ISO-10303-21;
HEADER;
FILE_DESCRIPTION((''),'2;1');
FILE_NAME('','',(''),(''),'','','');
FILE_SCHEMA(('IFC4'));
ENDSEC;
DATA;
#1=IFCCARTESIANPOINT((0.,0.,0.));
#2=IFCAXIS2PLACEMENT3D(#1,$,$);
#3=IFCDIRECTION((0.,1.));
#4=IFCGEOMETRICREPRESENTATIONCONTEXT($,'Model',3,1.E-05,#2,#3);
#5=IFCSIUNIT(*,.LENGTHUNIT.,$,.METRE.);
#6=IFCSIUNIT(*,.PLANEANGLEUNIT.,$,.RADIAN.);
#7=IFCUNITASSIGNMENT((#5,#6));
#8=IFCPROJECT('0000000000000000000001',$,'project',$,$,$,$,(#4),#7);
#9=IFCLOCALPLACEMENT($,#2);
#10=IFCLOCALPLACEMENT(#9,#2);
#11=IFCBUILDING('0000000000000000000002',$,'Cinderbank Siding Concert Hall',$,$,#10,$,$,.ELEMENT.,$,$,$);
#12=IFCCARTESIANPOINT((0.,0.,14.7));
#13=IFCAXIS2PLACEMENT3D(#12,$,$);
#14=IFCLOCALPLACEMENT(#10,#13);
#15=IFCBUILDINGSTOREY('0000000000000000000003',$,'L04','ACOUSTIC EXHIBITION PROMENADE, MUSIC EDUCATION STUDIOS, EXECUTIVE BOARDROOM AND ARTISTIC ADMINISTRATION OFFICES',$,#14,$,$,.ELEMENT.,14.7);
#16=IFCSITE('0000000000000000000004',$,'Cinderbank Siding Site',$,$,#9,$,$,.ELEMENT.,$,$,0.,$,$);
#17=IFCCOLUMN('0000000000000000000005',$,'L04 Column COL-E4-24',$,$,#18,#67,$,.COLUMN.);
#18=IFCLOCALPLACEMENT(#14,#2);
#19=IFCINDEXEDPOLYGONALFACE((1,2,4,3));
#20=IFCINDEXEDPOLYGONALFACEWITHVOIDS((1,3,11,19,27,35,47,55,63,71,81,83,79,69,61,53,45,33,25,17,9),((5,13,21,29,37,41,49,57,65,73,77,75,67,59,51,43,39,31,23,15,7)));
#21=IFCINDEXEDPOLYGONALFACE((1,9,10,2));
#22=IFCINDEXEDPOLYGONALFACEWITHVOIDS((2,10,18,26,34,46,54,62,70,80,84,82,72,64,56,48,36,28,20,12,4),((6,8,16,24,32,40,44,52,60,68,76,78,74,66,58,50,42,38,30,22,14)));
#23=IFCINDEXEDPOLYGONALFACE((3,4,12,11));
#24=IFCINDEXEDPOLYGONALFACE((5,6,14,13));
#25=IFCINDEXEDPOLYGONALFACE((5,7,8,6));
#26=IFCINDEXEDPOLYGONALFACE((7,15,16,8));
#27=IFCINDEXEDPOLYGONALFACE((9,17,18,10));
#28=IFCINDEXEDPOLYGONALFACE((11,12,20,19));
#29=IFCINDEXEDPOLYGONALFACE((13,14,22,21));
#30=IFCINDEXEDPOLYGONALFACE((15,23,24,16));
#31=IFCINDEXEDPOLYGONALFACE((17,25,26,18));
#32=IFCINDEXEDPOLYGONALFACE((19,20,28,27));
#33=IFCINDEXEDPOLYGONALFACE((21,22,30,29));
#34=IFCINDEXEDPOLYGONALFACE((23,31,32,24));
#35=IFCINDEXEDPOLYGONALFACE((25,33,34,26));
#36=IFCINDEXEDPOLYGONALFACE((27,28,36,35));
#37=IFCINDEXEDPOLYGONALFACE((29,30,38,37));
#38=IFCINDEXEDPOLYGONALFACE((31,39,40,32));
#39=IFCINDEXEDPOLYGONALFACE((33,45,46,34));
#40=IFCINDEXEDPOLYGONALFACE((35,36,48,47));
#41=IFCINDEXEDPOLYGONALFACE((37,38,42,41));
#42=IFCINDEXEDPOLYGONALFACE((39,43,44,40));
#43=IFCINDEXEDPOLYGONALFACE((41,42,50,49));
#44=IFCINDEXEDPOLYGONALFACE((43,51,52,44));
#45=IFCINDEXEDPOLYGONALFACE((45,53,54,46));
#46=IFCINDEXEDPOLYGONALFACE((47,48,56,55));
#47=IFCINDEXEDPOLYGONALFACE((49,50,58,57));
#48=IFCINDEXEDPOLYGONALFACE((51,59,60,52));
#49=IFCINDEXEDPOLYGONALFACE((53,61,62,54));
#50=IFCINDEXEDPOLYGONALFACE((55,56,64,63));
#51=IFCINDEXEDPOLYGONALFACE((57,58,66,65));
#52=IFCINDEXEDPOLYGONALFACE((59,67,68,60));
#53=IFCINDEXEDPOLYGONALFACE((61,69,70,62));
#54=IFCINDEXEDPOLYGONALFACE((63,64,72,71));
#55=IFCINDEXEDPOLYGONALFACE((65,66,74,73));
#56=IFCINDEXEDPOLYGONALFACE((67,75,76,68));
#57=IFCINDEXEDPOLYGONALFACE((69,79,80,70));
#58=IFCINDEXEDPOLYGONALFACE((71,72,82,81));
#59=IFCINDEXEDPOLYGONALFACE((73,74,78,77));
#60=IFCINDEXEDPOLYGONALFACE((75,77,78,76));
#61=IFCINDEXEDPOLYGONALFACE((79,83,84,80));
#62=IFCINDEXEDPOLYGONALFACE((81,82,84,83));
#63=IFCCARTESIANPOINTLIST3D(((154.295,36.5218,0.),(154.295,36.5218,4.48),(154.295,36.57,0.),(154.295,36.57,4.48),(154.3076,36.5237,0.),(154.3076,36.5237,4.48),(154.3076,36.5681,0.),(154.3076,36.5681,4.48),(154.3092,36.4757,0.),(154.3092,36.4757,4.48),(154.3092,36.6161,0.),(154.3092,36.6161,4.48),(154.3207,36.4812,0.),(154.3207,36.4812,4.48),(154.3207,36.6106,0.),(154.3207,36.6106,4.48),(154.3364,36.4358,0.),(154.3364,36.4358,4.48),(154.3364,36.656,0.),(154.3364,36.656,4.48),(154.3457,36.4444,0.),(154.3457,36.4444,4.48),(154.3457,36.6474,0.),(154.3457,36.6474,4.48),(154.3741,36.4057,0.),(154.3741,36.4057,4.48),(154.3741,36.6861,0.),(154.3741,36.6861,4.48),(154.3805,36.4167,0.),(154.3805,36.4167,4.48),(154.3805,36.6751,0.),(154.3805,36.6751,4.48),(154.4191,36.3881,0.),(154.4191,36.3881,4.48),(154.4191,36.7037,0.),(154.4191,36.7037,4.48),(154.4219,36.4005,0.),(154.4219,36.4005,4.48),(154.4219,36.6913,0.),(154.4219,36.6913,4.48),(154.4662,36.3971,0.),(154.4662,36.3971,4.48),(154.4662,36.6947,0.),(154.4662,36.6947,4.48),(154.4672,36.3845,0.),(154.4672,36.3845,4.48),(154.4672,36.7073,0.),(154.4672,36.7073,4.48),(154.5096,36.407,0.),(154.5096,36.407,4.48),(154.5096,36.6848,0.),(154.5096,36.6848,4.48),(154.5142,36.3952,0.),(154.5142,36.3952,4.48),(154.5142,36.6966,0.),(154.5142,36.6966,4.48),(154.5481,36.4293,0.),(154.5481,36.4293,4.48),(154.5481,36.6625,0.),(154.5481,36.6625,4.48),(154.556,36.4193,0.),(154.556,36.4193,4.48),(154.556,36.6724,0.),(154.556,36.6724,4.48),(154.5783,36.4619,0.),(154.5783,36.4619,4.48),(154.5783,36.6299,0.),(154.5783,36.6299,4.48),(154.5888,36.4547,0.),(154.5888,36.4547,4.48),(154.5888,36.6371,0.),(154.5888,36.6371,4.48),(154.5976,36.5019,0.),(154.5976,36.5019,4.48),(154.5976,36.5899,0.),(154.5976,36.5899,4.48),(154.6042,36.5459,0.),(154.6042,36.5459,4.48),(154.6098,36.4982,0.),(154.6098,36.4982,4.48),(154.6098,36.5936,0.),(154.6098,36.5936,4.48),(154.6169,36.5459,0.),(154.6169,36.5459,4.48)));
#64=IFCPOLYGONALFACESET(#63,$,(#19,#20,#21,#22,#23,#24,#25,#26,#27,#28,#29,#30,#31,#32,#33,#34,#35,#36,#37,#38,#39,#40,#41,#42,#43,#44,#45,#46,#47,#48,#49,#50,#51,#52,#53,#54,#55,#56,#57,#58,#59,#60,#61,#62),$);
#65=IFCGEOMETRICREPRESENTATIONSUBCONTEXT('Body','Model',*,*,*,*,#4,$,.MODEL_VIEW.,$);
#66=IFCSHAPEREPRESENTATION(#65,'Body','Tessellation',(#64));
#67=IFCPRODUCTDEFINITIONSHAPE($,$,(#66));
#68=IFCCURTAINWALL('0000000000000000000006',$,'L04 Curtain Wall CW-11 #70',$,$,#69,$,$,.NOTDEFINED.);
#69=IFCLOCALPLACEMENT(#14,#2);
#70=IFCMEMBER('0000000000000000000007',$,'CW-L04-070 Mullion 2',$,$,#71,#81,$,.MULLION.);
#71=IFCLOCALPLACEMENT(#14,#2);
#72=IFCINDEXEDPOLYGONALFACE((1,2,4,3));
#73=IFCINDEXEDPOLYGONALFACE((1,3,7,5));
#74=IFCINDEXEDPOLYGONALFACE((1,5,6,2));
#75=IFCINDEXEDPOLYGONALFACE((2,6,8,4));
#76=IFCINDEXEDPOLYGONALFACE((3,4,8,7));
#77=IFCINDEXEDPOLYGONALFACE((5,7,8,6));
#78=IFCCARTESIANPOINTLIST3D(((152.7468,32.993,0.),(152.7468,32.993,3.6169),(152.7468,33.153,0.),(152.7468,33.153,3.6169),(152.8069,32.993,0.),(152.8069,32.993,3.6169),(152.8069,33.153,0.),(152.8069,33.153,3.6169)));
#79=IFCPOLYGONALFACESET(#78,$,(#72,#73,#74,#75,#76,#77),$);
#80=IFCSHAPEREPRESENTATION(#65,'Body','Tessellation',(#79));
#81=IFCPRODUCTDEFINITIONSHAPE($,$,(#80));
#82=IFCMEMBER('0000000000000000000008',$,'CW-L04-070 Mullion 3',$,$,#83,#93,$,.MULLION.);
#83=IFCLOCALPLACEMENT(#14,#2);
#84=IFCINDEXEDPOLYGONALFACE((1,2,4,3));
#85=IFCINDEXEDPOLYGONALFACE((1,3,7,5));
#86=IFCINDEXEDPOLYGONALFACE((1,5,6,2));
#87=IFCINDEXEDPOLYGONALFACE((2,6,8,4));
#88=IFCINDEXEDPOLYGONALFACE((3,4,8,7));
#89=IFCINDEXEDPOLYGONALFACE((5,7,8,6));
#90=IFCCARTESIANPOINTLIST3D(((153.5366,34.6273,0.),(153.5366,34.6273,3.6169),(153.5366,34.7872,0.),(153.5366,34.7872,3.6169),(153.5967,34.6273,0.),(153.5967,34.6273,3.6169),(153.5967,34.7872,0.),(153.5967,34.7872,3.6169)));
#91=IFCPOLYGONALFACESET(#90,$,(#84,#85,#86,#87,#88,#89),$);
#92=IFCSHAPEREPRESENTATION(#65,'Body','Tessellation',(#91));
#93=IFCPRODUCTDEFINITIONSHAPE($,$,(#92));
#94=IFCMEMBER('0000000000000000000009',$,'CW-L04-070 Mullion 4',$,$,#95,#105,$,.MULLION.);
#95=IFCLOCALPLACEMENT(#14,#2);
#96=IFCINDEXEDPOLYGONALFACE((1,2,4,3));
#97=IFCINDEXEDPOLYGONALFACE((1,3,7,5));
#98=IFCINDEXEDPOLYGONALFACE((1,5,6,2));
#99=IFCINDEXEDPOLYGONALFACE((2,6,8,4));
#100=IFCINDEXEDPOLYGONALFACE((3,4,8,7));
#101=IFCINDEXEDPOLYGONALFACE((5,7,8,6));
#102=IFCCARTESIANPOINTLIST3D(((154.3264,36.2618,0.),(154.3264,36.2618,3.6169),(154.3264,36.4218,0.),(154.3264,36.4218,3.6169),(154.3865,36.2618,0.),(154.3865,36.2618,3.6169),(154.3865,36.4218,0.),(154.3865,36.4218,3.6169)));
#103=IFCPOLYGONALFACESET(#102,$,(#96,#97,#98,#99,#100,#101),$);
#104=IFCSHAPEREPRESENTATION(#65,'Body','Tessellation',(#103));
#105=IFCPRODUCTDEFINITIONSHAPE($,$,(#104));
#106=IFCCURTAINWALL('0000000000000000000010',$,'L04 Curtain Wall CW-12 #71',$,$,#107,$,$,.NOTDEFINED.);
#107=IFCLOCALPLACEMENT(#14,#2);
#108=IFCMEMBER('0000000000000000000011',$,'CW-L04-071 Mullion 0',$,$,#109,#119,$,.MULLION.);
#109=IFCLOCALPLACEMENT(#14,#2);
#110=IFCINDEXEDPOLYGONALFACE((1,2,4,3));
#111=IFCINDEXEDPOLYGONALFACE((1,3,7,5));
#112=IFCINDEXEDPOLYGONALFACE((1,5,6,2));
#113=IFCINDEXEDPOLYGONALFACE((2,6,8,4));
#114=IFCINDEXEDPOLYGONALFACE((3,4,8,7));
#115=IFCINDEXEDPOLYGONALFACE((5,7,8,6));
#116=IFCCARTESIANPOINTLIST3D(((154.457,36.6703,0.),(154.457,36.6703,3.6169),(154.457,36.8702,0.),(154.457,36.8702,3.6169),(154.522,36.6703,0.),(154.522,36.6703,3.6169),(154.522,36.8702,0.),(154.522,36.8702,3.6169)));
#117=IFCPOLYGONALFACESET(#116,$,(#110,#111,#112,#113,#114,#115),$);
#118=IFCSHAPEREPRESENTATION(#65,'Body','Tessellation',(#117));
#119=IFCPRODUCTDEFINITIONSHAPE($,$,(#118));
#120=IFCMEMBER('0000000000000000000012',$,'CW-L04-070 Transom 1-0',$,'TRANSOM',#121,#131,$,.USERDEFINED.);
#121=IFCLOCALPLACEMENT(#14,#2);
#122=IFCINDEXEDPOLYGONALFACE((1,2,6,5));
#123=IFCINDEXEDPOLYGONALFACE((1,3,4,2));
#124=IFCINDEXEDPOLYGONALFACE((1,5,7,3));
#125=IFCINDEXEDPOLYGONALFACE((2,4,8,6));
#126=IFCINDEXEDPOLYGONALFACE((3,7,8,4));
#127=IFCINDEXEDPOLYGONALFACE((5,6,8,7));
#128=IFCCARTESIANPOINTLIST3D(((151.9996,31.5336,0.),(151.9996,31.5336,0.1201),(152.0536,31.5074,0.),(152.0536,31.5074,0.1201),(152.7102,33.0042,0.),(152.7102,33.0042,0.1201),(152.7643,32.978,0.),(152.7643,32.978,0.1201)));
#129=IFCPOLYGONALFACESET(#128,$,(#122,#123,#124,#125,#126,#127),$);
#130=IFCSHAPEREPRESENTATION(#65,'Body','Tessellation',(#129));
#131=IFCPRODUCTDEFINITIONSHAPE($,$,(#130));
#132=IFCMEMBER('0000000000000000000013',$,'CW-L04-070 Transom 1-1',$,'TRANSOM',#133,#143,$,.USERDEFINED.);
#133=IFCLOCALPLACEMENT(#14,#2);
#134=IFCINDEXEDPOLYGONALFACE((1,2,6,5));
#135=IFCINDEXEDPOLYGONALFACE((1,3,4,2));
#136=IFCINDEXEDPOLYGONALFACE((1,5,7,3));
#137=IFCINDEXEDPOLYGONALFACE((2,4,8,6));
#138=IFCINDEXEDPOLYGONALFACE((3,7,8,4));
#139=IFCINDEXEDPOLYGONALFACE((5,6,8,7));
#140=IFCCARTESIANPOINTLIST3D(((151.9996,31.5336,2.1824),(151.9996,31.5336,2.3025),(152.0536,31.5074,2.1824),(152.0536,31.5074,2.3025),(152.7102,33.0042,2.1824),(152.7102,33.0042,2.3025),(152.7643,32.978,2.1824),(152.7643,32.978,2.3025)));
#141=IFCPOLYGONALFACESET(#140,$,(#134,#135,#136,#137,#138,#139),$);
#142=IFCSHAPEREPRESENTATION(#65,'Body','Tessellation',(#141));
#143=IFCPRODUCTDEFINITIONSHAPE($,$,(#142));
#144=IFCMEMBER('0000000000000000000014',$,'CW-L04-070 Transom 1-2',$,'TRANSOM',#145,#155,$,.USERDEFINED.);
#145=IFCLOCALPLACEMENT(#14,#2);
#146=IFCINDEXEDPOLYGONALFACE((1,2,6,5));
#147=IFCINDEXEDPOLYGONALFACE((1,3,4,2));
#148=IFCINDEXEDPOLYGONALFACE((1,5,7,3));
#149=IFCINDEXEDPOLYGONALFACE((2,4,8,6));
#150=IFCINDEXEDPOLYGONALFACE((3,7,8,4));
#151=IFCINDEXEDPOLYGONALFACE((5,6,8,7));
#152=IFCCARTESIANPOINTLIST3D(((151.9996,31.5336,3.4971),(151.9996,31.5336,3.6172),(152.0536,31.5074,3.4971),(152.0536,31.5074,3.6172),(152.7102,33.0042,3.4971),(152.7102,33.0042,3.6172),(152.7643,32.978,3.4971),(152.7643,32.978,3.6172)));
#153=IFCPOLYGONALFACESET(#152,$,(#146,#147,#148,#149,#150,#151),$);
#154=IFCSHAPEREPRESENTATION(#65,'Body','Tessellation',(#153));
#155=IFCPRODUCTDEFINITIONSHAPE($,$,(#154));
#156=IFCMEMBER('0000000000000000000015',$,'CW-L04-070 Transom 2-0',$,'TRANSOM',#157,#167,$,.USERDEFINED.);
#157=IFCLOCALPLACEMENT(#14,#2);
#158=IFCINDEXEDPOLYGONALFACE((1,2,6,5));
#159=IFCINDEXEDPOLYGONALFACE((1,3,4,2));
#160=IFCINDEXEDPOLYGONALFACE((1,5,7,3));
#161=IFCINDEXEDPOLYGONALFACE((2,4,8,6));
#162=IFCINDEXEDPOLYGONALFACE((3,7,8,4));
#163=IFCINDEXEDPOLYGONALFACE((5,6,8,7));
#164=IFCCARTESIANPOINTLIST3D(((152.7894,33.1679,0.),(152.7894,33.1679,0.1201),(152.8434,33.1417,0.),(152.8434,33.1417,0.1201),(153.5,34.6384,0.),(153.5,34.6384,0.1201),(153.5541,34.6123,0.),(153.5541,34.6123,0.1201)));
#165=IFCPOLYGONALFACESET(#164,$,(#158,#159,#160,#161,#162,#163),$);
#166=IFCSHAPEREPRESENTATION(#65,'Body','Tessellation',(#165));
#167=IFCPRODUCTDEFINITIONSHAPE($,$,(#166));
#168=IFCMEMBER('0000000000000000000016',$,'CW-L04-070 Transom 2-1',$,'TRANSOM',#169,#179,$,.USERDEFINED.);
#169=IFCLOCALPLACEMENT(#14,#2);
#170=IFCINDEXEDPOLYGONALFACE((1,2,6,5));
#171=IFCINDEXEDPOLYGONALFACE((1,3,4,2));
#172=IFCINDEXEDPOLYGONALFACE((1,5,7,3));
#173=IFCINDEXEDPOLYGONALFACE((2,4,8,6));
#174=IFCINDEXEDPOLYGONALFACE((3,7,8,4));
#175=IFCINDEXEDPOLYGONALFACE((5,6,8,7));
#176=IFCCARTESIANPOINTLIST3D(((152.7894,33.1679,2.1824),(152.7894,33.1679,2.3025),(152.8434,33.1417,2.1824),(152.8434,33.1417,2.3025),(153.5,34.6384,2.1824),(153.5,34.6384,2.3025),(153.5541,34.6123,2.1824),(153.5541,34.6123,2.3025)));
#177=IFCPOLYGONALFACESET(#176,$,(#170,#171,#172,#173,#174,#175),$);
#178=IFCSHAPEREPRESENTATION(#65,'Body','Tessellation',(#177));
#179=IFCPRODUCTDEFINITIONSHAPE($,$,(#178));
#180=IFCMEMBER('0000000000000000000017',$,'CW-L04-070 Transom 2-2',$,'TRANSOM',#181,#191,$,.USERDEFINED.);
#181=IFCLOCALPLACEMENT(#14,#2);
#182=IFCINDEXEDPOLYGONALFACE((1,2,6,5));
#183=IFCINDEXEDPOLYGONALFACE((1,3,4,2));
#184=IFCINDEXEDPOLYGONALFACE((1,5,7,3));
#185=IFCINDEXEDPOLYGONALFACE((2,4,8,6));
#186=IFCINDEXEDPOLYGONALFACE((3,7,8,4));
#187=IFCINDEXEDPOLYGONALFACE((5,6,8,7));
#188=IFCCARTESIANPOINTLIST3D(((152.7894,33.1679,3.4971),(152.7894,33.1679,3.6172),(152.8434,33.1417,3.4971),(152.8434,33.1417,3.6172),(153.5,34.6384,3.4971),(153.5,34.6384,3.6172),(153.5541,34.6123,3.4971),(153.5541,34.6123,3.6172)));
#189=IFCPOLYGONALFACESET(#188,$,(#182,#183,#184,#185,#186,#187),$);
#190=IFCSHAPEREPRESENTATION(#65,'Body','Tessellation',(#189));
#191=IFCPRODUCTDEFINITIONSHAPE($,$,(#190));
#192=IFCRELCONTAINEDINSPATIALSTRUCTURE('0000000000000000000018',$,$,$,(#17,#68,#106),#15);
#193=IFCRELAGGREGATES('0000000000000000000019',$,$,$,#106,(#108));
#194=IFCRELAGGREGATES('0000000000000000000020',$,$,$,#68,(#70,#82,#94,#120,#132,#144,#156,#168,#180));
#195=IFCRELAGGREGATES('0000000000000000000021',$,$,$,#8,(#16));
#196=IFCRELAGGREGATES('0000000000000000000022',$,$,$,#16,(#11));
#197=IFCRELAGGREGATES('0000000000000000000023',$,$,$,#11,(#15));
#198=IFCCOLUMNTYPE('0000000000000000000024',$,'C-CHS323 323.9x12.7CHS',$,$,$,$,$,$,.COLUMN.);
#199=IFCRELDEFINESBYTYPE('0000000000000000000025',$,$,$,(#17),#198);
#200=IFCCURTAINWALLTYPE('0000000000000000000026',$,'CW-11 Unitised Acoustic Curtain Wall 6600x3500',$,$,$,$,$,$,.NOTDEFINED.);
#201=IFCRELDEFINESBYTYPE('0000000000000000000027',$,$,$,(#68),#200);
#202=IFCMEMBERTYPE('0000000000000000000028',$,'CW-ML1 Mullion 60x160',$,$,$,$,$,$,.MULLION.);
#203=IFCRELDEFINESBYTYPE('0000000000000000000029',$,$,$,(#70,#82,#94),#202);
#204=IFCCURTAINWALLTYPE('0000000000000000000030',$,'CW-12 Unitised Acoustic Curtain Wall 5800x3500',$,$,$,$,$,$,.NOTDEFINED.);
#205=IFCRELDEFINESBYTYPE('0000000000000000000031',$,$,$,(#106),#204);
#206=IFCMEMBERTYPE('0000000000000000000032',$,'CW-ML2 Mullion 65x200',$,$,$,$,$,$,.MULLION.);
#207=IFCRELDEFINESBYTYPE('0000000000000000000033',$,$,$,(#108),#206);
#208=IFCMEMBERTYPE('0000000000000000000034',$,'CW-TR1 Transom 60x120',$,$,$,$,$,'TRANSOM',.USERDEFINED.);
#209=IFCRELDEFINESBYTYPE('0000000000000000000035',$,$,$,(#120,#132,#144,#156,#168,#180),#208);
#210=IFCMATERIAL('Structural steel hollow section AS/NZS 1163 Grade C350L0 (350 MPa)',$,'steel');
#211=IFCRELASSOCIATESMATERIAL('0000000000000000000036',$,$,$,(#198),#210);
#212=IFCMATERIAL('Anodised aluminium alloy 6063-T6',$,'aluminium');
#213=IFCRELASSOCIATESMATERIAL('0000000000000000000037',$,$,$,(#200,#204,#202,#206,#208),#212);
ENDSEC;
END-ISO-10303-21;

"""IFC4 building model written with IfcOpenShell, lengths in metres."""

from ifc_helpers import new_model, si_unit, direction, frame, origin, origin_2d, place, context, subcontext, project, spatial, rectangle, hollow_circle, extrude, material, material_profile, profile_set, type_object, element, aggregate, save


model = new_model("IFC4")

# Units and contexts
model_context = context("Model", 3, precision=1e-05, world=origin(), true_north=direction((0.0, 1.0)))
body_context = subcontext(model_context, "Body", "Model", "MODEL_VIEW")
ifc_project = project(units=[si_unit("LENGTHUNIT", "METRE"), si_unit("PLANEANGLEUNIT", "RADIAN")], contexts=[model_context])

# Site, building, storey
site_placement = place(None, origin())
site = spatial("IfcSite", under=ifc_project, at=site_placement, Name="Cinderbank Siding Site", CompositionType="ELEMENT", RefElevation=0.0)
building_placement = place(site_placement, origin())
building = spatial("IfcBuilding", under=site, at=building_placement, Name="Cinderbank Siding Concert Hall", CompositionType="ELEMENT")
storey_placement = place(building_placement, frame((0.0, 0.0, 14.7)))
storey = spatial("IfcBuildingStorey", under=building, at=storey_placement, Name="L04", Description="ACOUSTIC EXHIBITION PROMENADE, MUSIC EDUCATION STUDIOS, EXECUTIVE BOARDROOM AND ARTISTIC ADMINISTRATION OFFICES", CompositionType="ELEMENT", Elevation=14.7)

# Column
ifc_material_1 = material(Name="Structural steel hollow section AS/NZS 1163 Grade C350L0 (350 MPa)", Category="steel")
ifc_material_profile_1 = material_profile(ifc_material_1, hollow_circle(Radius=0.1619, WallThickness=0.0127, at=origin_2d()), Name="323.9x12.7CHS", Category="LoadBearing")
ifc_profile_set_1 = profile_set([ifc_material_profile_1], Name="Structural steel hollow section AS/NZS 1163 Grade C350L0 (350 MPa)")
column_type = type_object("IfcColumnType", Name="C-CHS323 323.9x12.7CHS", PredefinedType="COLUMN", material=ifc_profile_set_1)
column_placement = place(storey_placement, frame((154.4551, 36.5459, 0.0), z_axis=(0.0, 0.0, 1.0), x_axis=(1.0, 0.0, 0.0)))
element("IfcColumn", 1, at=column_placement, inside=storey, type_object=column_type, Name="L04 Column COL-E4-24", PredefinedType="COLUMN", context=body_context, shape_type="SweptSolid", body=[
    extrude(hollow_circle(Radius=0.1619, WallThickness=0.0127, at=origin_2d()), origin(), (0.0, 0.0, 1.0), 4.48),
])

# Curtain wall, members
ifc_material_2 = material(Name="Anodised aluminium alloy 6063-T6", Category="aluminium")
curtain_wall_type_1 = type_object("IfcCurtainWallType", Name="CW-11 Unitised Acoustic Curtain Wall 6600x3500", PredefinedType="NOTDEFINED", material=ifc_material_2)
curtain_wall_1_placement = place(storey_placement, origin())
curtain_wall_1 = element("IfcCurtainWall", 2, at=curtain_wall_1_placement, inside=storey, type_object=curtain_wall_type_1, Name="L04 Curtain Wall CW-11 #70", PredefinedType="NOTDEFINED")
ifc_material_profile_2 = material_profile(ifc_material_2, rectangle(XDim=0.0601, YDim=0.1599, at=origin_2d()), Name="ALU-MULL-60x160", Category="LoadBearing")
ifc_profile_set_2 = profile_set([ifc_material_profile_2], Name="Anodised aluminium alloy 6063-T6")
member_type_1 = type_object("IfcMemberType", Name="CW-ML1 Mullion 60x160", PredefinedType="MULLION", material=ifc_profile_set_2)
member_1_placement = place(storey_placement, frame((152.7769, 33.073, 0.0), z_axis=(0.0, 0.0, 1.0), x_axis=(1.0, 0.0, 0.0)))
member_1 = element("IfcMember", 3, at=member_1_placement, type_object=member_type_1, Name="CW-L04-070 Mullion 2", PredefinedType="MULLION", context=body_context, shape_type="SweptSolid", body=[
    extrude(rectangle(XDim=0.0601, YDim=0.1599, at=origin_2d()), origin(), (0.0, 0.0, 1.0), 3.6169),
])
member_2_placement = place(storey_placement, frame((153.5667, 34.7073, 0.0), z_axis=(0.0, 0.0, 1.0), x_axis=(1.0, 0.0, 0.0)))
member_2 = element("IfcMember", 4, at=member_2_placement, type_object=member_type_1, Name="CW-L04-070 Mullion 3", PredefinedType="MULLION", context=body_context, shape_type="SweptSolid", body=[
    extrude(rectangle(XDim=0.0601, YDim=0.1599, at=origin_2d()), origin(), (0.0, 0.0, 1.0), 3.6169),
])
member_3_placement = place(storey_placement, frame((154.3564, 36.3418, 0.0), z_axis=(0.0, 0.0, 1.0), x_axis=(1.0, 0.0, 0.0)))
member_3 = element("IfcMember", 5, at=member_3_placement, type_object=member_type_1, Name="CW-L04-070 Mullion 4", PredefinedType="MULLION", context=body_context, shape_type="SweptSolid", body=[
    extrude(rectangle(XDim=0.0601, YDim=0.1599, at=origin_2d()), origin(), (0.0, 0.0, 1.0), 3.6169),
])

# Curtain wall, member
curtain_wall_type_2 = type_object("IfcCurtainWallType", Name="CW-12 Unitised Acoustic Curtain Wall 5800x3500", PredefinedType="NOTDEFINED", material=ifc_material_2)
curtain_wall_2_placement = place(storey_placement, origin())
curtain_wall_2 = element("IfcCurtainWall", 6, at=curtain_wall_2_placement, inside=storey, type_object=curtain_wall_type_2, Name="L04 Curtain Wall CW-12 #71", PredefinedType="NOTDEFINED")
ifc_material_profile_3 = material_profile(ifc_material_2, rectangle(XDim=0.0649, YDim=0.2, at=origin_2d()), Name="ALU-MULL-65x200", Category="LoadBearing")
ifc_profile_set_3 = profile_set([ifc_material_profile_3], Name="Anodised aluminium alloy 6063-T6")
member_type_2 = type_object("IfcMemberType", Name="CW-ML2 Mullion 65x200", PredefinedType="MULLION", material=ifc_profile_set_3)
member_4_placement = place(storey_placement, frame((154.4895, 36.7703, 0.0), z_axis=(0.0, 0.0, 1.0), x_axis=(1.0, 0.0, 0.0)))
member_4 = element("IfcMember", 7, at=member_4_placement, type_object=member_type_2, Name="CW-L04-071 Mullion 0", PredefinedType="MULLION", context=body_context, shape_type="SweptSolid", body=[
    extrude(rectangle(XDim=0.0649, YDim=0.2, at=origin_2d()), origin(), (0.0, 0.0, 1.0), 3.6169),
])
aggregate(curtain_wall_2, [member_4])

# Members
ifc_material_profile_4 = material_profile(ifc_material_2, rectangle(XDim=0.0601, YDim=0.1201, at=origin_2d()), Name="ALU-TRAN-60x120", Category="LoadBearing")
ifc_profile_set_4 = profile_set([ifc_material_profile_4], Name="Anodised aluminium alloy 6063-T6")
member_type_3 = type_object("IfcMemberType", Name="CW-TR1 Transom 60x120", ElementType="TRANSOM", PredefinedType="USERDEFINED", material=ifc_profile_set_4)
member_5_placement = place(storey_placement, frame((152.0266, 31.5205, 0.0601), z_axis=(0.435096, 0.900384, 0.0), x_axis=(-0.900384, 0.435096, 0.0)))
member_5 = element("IfcMember", 8, at=member_5_placement, type_object=member_type_3, Name="CW-L04-070 Transom 1-0", ObjectType="TRANSOM", PredefinedType="USERDEFINED", context=body_context, shape_type="SweptSolid", body=[
    extrude(rectangle(XDim=0.0601, YDim=0.1201, at=origin_2d()), origin(), (0.0, 0.0, 1.0), 1.6333),
])
member_6_placement = place(storey_placement, frame((152.0266, 31.5205, 2.2424), z_axis=(0.435096, 0.900384, 0.0), x_axis=(-0.900384, 0.435096, 0.0)))
member_6 = element("IfcMember", 9, at=member_6_placement, type_object=member_type_3, Name="CW-L04-070 Transom 1-1", ObjectType="TRANSOM", PredefinedType="USERDEFINED", context=body_context, shape_type="SweptSolid", body=[
    extrude(rectangle(XDim=0.0601, YDim=0.1201, at=origin_2d()), origin(), (0.0, 0.0, 1.0), 1.6333),
])
member_7_placement = place(storey_placement, frame((152.0266, 31.5205, 3.5571), z_axis=(0.435096, 0.900384, 0.0), x_axis=(-0.900384, 0.435096, 0.0)))
member_7 = element("IfcMember", 10, at=member_7_placement, type_object=member_type_3, Name="CW-L04-070 Transom 1-2", ObjectType="TRANSOM", PredefinedType="USERDEFINED", context=body_context, shape_type="SweptSolid", body=[
    extrude(rectangle(XDim=0.0601, YDim=0.1201, at=origin_2d()), origin(), (0.0, 0.0, 1.0), 1.6333),
])
member_8_placement = place(storey_placement, frame((152.8164, 33.1548, 0.0601), z_axis=(0.435096, 0.900384, 0.0), x_axis=(-0.900384, 0.435096, 0.0)))
member_8 = element("IfcMember", 11, at=member_8_placement, type_object=member_type_3, Name="CW-L04-070 Transom 2-0", ObjectType="TRANSOM", PredefinedType="USERDEFINED", context=body_context, shape_type="SweptSolid", body=[
    extrude(rectangle(XDim=0.0601, YDim=0.1201, at=origin_2d()), origin(), (0.0, 0.0, 1.0), 1.6333),
])
member_9_placement = place(storey_placement, frame((152.8164, 33.1548, 2.2424), z_axis=(0.435096, 0.900384, 0.0), x_axis=(-0.900384, 0.435096, 0.0)))
member_9 = element("IfcMember", 12, at=member_9_placement, type_object=member_type_3, Name="CW-L04-070 Transom 2-1", ObjectType="TRANSOM", PredefinedType="USERDEFINED", context=body_context, shape_type="SweptSolid", body=[
    extrude(rectangle(XDim=0.0601, YDim=0.1201, at=origin_2d()), origin(), (0.0, 0.0, 1.0), 1.6333),
])
member_10_placement = place(storey_placement, frame((152.8164, 33.1548, 3.5571), z_axis=(0.435096, 0.900384, 0.0), x_axis=(-0.900384, 0.435096, 0.0)))
member_10 = element("IfcMember", 13, at=member_10_placement, type_object=member_type_3, Name="CW-L04-070 Transom 2-2", ObjectType="TRANSOM", PredefinedType="USERDEFINED", context=body_context, shape_type="SweptSolid", body=[
    extrude(rectangle(XDim=0.0601, YDim=0.1201, at=origin_2d()), origin(), (0.0, 0.0, 1.0), 1.6333),
])

aggregate(curtain_wall_1, [member_1, member_2, member_3, member_5, member_6, member_7, member_8, member_9, member_10])

save(model, "model.ifc")
